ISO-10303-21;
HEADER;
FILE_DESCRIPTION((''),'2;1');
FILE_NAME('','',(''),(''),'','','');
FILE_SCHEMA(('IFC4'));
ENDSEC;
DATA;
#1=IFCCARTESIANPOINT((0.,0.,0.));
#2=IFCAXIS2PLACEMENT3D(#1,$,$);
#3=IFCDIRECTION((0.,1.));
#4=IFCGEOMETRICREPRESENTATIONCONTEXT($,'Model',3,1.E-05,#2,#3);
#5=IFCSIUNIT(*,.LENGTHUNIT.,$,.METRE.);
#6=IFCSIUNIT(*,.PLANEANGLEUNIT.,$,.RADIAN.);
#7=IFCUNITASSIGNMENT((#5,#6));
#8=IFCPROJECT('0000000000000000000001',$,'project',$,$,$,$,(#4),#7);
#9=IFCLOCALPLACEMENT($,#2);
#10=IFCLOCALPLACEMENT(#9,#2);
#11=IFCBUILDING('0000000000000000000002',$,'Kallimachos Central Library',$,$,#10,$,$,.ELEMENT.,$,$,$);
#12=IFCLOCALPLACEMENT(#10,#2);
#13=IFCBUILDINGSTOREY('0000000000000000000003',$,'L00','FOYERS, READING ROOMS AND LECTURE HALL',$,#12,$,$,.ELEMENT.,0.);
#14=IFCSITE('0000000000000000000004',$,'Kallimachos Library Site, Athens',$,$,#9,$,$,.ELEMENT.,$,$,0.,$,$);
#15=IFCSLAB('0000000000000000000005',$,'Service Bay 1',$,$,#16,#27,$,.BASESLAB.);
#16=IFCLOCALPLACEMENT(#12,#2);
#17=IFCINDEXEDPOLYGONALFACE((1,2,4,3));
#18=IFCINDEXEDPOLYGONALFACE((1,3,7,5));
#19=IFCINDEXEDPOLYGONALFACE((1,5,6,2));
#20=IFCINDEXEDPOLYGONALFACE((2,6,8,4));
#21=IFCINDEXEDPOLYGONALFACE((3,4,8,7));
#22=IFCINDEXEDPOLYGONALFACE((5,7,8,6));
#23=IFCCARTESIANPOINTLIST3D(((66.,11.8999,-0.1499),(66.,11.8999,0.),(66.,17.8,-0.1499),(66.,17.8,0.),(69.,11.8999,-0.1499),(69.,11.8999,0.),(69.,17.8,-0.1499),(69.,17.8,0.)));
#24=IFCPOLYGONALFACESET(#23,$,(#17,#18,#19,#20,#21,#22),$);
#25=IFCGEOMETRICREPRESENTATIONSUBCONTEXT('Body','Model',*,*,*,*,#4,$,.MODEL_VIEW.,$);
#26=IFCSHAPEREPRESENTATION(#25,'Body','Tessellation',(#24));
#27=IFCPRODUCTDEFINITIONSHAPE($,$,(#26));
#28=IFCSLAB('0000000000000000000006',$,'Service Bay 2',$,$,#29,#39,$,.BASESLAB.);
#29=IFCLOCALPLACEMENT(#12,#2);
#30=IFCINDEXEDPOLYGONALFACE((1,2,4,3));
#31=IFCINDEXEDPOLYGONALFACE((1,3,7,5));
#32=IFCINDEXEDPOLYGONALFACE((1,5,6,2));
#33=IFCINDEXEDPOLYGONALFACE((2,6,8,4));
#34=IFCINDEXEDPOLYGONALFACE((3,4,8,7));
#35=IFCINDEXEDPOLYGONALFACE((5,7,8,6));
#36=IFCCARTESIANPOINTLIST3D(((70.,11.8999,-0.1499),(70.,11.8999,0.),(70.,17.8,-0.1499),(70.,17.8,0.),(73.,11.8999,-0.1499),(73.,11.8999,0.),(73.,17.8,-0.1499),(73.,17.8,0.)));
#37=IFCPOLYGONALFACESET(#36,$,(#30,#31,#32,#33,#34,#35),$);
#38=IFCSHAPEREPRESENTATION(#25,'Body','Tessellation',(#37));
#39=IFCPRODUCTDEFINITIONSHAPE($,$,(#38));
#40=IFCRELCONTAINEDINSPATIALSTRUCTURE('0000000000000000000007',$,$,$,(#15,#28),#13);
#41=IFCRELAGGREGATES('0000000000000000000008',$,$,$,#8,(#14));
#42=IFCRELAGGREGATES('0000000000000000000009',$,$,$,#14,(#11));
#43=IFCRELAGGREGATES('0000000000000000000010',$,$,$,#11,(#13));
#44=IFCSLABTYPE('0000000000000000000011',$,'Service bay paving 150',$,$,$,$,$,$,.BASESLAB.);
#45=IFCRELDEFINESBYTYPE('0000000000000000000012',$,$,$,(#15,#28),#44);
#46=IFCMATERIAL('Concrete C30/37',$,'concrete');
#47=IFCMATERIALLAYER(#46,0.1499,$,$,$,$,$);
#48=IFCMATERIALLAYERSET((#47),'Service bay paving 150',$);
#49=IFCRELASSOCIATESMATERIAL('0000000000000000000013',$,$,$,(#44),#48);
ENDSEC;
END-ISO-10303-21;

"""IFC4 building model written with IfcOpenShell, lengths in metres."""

from ifc_helpers import new_model, si_unit, direction, frame, origin, place, context, subcontext, project, spatial, polyline, outline, extrude, material, layer, layer_set, type_object, element, save


model = new_model("IFC4")

# Units and contexts
model_context = context("Model", 3, precision=1e-05, world=origin(), true_north=direction((0.0, 1.0)))
body_context = subcontext(model_context, "Body", "Model", "MODEL_VIEW")
ifc_project = project(units=[si_unit("LENGTHUNIT", "METRE"), si_unit("PLANEANGLEUNIT", "RADIAN")], contexts=[model_context])

# Site, building, storey
site_placement = place(None, origin())
site = spatial("IfcSite", under=ifc_project, at=site_placement, Name="Kallimachos Library Site, Athens", CompositionType="ELEMENT", RefElevation=0.0)
building_placement = place(site_placement, origin())
building = spatial("IfcBuilding", under=site, at=building_placement, Name="Kallimachos Central Library", CompositionType="ELEMENT")
storey_placement = place(building_placement, origin())
storey = spatial("IfcBuildingStorey", under=building, at=storey_placement, Name="L00", Description="FOYERS, READING ROOMS AND LECTURE HALL", CompositionType="ELEMENT", Elevation=0.0)

# Slabs
ifc_material_1 = material(Name="Concrete C30/37", Category="concrete")
ifc_layer_1 = layer(ifc_material_1, 0.1499)
ifc_layer_set_1 = layer_set([ifc_layer_1], Name="Service bay paving 150")
slab_type_1 = type_object("IfcSlabType", Name="Service bay paving 150", PredefinedType="BASESLAB", material=ifc_layer_set_1)
slab_1_placement = place(storey_placement, frame((0.0, 0.0, -0.1499)))
element("IfcSlab", 1, at=slab_1_placement, inside=storey, type_object=slab_type_1, Name="Service Bay 1", PredefinedType="BASESLAB", context=body_context, shape_type="SweptSolid", body=[
    extrude(outline(polyline([(69.0, 11.8999), (66.0, 11.8999), (66.0, 17.8), (69.0, 17.8), (69.0, 11.8999)])), origin(), (0.0, 0.0, 1.0), 0.1499),
])
slab_2_placement = place(storey_placement, frame((0.0, 0.0, -0.1499)))
element("IfcSlab", 2, at=slab_2_placement, inside=storey, type_object=slab_type_1, Name="Service Bay 2", PredefinedType="BASESLAB", context=body_context, shape_type="SweptSolid", body=[
    extrude(outline(polyline([(73.0, 11.8999), (70.0, 11.8999), (70.0, 17.8), (73.0, 17.8), (73.0, 11.8999)])), origin(), (0.0, 0.0, 1.0), 0.1499),
])

save(model, "model.ifc")
